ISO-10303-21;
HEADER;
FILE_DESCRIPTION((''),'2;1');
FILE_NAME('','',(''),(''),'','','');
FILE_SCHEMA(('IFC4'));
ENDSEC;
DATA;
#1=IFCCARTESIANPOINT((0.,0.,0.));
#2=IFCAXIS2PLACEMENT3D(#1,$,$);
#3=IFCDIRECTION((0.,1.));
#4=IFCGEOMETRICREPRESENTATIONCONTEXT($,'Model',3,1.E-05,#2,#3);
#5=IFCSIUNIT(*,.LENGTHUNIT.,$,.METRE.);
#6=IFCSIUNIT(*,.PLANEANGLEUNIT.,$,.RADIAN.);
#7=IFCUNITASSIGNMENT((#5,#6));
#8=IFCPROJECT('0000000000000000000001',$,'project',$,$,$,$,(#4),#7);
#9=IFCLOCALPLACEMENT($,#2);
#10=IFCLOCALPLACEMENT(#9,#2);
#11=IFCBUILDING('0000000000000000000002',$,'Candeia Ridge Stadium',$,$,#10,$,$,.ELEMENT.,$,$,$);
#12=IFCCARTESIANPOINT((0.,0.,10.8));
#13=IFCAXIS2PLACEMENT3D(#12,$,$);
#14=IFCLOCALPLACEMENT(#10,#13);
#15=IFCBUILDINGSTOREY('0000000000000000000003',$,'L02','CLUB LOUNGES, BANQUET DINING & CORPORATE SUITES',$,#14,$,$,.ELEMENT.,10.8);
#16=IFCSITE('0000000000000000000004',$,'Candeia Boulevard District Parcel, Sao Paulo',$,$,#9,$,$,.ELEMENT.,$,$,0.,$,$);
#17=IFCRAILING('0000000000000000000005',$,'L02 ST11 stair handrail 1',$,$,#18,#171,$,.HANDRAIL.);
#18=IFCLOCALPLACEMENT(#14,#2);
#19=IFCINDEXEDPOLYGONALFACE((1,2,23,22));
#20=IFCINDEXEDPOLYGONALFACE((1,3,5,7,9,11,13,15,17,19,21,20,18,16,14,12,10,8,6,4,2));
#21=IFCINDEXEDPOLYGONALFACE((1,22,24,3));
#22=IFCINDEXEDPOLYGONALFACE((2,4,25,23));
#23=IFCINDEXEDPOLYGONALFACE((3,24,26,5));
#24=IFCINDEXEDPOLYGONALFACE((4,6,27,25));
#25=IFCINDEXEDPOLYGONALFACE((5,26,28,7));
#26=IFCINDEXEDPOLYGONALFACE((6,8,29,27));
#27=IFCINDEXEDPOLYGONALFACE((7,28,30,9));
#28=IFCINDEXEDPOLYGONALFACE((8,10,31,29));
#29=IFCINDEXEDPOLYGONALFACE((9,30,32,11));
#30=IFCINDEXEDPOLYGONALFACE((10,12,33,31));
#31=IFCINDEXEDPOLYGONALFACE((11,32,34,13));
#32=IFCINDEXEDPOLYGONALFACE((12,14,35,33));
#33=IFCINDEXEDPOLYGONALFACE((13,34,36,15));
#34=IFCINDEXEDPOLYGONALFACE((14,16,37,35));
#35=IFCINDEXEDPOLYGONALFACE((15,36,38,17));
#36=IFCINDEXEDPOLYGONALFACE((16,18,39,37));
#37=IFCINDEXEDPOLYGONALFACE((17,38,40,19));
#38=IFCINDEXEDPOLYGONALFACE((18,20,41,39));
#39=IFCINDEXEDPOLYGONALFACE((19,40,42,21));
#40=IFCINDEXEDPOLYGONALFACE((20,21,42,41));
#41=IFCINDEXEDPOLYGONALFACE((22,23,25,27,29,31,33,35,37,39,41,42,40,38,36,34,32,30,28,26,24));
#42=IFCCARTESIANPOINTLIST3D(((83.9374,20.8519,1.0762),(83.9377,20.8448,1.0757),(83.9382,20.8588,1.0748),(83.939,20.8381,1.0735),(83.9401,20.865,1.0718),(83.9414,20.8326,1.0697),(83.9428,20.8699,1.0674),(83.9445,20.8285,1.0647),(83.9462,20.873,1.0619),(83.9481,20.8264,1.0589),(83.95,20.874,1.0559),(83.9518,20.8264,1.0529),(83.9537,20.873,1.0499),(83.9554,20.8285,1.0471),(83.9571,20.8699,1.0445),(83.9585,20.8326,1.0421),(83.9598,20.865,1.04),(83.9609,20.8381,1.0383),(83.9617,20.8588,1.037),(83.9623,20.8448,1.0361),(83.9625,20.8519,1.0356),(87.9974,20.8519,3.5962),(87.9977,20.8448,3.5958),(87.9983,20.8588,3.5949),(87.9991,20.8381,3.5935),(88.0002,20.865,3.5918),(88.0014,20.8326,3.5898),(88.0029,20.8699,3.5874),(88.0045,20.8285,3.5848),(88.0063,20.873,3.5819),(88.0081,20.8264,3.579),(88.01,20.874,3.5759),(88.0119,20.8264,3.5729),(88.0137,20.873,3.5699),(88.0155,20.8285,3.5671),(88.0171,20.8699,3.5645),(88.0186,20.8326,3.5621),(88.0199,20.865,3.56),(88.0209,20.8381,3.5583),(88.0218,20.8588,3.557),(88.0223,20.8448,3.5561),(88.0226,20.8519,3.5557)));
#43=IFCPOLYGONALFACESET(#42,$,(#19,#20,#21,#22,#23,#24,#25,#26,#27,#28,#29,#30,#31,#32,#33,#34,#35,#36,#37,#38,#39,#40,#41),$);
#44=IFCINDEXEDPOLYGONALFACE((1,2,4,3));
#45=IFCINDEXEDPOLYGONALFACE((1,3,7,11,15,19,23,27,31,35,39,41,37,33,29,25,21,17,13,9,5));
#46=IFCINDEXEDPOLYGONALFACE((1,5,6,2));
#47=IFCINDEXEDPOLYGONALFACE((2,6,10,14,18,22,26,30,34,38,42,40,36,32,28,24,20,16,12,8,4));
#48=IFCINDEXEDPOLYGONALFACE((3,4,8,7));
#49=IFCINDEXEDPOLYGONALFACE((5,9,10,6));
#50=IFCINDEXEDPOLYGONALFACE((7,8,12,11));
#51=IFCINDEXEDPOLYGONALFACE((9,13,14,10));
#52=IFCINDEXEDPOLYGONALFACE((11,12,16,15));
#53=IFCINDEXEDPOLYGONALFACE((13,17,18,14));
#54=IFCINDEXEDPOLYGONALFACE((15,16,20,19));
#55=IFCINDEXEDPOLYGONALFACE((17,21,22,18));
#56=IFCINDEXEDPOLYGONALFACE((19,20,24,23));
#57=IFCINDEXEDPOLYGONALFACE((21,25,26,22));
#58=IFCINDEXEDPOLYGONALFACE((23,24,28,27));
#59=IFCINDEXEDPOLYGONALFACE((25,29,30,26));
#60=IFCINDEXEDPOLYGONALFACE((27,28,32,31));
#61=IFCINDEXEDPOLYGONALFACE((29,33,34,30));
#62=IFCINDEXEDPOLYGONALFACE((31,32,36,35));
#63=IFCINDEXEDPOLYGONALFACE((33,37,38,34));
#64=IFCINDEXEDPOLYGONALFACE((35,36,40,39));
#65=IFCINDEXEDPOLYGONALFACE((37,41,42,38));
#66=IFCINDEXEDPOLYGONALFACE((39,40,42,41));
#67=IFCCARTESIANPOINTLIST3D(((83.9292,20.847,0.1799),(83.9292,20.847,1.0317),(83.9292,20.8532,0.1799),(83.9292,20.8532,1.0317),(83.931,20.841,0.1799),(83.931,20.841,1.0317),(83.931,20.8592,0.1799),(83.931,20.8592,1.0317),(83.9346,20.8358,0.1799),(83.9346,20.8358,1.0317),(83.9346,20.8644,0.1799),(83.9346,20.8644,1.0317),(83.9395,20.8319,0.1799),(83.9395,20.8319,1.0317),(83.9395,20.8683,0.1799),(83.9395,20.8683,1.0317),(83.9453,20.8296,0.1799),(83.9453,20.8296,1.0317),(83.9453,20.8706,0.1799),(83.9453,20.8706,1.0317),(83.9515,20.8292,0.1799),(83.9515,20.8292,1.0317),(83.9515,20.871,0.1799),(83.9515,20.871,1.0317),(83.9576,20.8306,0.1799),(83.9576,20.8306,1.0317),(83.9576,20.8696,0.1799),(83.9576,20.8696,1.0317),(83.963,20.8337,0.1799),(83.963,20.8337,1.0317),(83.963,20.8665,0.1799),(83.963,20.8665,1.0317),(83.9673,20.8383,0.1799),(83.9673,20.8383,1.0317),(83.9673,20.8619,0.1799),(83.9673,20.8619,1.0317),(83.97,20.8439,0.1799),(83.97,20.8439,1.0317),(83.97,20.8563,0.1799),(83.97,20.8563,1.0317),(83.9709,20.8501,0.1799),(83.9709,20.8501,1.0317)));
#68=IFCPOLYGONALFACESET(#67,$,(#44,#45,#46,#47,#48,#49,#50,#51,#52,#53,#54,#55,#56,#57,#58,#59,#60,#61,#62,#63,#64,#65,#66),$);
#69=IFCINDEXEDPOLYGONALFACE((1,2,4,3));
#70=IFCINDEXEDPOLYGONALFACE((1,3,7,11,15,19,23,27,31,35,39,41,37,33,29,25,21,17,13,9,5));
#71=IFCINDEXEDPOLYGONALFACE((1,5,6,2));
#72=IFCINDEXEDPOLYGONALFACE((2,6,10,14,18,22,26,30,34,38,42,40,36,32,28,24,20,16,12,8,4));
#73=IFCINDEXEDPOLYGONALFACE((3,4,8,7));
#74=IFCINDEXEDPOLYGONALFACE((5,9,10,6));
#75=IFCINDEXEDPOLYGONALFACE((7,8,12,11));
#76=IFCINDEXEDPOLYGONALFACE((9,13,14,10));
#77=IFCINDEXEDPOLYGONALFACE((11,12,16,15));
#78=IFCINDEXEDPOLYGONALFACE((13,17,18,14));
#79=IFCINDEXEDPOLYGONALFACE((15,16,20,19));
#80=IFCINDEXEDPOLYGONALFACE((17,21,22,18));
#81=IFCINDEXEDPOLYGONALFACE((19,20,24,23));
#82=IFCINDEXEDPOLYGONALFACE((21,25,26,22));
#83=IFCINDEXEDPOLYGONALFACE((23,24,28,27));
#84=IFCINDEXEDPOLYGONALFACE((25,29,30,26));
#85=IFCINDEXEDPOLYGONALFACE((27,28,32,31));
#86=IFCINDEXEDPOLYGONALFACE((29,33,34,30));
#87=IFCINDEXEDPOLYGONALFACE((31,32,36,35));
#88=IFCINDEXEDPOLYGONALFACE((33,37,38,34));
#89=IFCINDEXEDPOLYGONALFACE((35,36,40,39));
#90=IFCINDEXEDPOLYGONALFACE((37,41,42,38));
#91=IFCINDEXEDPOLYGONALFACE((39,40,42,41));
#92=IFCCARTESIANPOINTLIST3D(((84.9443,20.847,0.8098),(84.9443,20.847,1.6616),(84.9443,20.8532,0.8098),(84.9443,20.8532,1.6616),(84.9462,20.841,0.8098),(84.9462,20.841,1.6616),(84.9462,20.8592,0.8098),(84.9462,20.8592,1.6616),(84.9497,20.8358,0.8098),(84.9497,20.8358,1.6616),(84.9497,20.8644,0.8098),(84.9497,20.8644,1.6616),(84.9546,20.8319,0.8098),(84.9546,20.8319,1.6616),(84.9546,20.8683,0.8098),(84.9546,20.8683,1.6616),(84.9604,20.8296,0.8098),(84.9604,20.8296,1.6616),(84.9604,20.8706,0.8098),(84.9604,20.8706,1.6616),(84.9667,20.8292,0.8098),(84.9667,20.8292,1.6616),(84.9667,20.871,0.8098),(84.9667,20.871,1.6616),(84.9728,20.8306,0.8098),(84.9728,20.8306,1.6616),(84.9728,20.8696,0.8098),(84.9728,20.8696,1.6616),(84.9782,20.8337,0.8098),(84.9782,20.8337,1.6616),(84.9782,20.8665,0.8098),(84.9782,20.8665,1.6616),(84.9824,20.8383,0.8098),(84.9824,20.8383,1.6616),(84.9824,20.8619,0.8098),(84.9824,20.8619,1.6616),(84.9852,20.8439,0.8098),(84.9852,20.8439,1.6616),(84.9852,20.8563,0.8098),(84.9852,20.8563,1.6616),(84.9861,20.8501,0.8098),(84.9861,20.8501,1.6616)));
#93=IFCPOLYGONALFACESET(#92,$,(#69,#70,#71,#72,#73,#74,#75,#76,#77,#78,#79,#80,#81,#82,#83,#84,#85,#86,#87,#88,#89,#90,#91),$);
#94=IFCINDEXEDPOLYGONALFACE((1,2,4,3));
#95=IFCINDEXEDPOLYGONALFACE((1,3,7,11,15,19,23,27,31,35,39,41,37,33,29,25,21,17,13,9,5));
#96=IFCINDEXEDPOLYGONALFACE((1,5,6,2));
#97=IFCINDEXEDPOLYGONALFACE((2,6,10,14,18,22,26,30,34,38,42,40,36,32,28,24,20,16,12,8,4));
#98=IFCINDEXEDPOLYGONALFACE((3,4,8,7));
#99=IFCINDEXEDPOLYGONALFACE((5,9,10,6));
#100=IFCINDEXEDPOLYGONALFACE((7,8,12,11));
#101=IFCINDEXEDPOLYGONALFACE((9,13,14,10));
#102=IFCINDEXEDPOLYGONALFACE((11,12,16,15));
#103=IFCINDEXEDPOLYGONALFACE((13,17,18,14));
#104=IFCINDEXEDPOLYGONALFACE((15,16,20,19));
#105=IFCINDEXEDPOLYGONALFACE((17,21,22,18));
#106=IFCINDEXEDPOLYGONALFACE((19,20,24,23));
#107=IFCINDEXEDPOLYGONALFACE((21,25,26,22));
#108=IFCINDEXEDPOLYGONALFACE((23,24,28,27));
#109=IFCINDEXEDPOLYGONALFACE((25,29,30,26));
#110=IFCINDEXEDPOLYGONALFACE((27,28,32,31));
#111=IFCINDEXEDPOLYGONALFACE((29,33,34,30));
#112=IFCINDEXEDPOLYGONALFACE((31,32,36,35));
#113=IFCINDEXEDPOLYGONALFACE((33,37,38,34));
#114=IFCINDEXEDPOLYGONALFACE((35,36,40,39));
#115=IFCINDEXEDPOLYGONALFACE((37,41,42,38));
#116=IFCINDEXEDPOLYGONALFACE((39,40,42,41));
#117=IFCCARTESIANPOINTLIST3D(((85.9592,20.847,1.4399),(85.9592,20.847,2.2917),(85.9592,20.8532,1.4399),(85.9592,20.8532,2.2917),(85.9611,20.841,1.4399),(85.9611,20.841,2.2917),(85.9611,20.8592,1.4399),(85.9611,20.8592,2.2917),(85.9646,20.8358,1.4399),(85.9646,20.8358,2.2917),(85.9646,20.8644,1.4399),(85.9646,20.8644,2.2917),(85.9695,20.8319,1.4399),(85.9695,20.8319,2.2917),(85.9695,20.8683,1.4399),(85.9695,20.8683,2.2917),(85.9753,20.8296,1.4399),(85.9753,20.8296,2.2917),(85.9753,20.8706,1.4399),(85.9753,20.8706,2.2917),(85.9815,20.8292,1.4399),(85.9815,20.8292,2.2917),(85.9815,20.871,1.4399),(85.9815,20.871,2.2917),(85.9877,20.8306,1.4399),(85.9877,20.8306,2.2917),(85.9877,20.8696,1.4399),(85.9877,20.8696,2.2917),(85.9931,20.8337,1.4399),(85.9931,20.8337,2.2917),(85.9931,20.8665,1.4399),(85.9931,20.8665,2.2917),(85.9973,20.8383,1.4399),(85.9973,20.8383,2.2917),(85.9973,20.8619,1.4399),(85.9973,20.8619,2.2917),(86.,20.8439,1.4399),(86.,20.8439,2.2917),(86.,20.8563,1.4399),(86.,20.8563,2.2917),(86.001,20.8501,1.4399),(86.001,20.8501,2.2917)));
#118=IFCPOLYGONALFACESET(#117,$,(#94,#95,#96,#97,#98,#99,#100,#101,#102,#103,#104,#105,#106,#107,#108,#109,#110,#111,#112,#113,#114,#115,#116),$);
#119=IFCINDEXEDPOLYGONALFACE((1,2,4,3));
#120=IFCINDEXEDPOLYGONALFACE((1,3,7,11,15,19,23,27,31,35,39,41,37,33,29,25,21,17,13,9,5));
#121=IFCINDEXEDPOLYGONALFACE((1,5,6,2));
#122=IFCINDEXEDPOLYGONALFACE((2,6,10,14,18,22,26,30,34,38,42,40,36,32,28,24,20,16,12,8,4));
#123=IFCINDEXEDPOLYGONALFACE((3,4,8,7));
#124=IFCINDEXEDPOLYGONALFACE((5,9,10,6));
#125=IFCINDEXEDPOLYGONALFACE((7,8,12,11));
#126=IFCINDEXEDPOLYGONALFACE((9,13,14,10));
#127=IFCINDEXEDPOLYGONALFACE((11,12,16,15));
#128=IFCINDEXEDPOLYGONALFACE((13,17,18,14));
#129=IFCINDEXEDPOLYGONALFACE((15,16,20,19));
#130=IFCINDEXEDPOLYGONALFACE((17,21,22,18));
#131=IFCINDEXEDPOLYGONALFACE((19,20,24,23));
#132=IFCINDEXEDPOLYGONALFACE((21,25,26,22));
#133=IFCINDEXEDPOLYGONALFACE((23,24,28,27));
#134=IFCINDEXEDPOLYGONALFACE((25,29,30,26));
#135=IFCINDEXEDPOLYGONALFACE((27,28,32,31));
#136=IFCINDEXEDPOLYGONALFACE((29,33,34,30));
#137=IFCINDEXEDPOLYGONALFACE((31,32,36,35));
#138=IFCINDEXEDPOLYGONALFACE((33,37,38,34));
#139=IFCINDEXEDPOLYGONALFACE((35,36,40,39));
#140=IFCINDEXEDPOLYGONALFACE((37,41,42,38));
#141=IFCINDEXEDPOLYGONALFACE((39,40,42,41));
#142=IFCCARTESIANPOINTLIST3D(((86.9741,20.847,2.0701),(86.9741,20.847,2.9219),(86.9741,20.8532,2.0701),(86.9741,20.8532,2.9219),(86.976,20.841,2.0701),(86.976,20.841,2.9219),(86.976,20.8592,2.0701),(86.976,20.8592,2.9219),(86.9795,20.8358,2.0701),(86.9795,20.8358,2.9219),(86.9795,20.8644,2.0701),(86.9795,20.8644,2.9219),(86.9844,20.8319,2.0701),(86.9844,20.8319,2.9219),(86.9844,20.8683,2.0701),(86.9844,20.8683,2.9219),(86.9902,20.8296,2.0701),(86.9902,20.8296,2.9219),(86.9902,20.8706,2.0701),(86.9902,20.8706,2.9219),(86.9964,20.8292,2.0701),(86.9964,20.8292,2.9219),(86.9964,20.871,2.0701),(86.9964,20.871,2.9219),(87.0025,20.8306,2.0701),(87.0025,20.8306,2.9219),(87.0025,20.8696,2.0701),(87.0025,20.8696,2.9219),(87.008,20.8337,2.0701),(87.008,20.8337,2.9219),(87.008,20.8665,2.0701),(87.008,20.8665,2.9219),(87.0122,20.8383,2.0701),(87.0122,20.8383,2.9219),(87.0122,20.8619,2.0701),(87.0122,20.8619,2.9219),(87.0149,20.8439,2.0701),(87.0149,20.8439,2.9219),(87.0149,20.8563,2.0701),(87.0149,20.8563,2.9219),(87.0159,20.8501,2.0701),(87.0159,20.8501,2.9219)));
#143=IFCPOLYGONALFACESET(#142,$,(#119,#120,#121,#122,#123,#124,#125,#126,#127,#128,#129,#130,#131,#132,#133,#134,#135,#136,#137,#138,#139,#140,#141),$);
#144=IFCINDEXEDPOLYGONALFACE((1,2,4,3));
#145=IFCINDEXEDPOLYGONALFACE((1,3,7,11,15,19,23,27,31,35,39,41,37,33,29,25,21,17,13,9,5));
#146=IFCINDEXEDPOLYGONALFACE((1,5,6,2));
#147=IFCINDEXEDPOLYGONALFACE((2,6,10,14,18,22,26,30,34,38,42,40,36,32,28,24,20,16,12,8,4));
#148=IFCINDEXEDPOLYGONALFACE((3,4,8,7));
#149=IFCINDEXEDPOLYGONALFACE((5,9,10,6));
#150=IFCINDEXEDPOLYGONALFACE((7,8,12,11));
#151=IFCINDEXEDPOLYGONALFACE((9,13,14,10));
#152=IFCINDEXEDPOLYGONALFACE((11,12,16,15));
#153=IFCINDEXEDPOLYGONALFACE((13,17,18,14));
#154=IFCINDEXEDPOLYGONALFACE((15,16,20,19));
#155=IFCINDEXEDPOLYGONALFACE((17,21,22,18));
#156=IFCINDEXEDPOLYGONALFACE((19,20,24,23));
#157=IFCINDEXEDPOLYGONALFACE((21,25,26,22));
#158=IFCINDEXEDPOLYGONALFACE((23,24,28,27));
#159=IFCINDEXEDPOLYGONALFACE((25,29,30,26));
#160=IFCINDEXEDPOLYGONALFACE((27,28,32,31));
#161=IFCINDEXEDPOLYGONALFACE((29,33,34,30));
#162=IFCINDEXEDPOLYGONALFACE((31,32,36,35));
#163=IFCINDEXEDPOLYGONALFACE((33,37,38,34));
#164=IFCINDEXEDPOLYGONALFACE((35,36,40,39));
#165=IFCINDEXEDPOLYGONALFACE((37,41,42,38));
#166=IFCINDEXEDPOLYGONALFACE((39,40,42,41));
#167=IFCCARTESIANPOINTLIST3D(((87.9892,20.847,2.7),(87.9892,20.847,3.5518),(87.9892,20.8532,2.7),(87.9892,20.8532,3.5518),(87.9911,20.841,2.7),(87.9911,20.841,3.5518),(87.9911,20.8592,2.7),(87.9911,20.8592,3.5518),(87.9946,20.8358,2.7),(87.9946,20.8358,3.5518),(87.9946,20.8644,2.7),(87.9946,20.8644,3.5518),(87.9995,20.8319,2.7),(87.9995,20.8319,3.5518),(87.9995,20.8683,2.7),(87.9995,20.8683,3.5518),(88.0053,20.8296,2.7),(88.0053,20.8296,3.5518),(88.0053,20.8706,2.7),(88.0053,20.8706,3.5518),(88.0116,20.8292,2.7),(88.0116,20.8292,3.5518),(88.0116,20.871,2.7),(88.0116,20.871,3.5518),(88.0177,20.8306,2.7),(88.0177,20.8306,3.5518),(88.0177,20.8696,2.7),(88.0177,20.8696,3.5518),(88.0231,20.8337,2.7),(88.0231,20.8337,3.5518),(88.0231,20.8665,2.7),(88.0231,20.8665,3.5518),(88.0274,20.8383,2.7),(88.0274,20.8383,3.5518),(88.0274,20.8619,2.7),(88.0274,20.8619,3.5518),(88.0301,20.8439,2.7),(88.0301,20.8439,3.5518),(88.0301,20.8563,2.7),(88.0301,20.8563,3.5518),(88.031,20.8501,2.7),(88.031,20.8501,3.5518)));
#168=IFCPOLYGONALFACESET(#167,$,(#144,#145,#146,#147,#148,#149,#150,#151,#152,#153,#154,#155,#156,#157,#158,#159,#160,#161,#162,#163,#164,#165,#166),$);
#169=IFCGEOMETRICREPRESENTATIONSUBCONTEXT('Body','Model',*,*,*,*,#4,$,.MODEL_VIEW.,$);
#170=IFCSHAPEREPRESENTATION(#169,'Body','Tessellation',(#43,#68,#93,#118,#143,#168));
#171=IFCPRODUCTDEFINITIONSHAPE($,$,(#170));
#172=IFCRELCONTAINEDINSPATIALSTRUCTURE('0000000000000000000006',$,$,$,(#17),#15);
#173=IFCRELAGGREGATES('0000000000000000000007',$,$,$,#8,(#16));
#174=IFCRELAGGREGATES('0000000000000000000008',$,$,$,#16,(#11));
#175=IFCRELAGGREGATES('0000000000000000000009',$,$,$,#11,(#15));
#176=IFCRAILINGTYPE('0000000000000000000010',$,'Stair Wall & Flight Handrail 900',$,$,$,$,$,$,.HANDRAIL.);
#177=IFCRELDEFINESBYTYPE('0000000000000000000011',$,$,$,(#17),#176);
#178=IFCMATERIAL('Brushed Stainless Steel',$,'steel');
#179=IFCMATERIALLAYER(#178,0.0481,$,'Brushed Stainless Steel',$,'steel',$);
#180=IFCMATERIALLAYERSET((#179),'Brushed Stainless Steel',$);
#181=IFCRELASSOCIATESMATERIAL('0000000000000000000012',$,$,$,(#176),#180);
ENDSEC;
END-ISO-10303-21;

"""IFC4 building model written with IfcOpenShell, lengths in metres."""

from ifc_helpers import new_model, si_unit, direction, frame, origin, origin_2d, place, context, subcontext, project, spatial, circle, extrude, material, layer, layer_set, type_object, element, save


model = new_model("IFC4")

# Units and contexts
model_context = context("Model", 3, precision=1e-05, world=origin(), true_north=direction((0.0, 1.0)))
body_context = subcontext(model_context, "Body", "Model", "MODEL_VIEW")
ifc_project = project(units=[si_unit("LENGTHUNIT", "METRE"), si_unit("PLANEANGLEUNIT", "RADIAN")], contexts=[model_context])

# Site, building, storey
site_placement = place(None, origin())
site = spatial("IfcSite", under=ifc_project, at=site_placement, Name="Candeia Boulevard District Parcel, Sao Paulo", CompositionType="ELEMENT", RefElevation=0.0)
building_placement = place(site_placement, origin())
building = spatial("IfcBuilding", under=site, at=building_placement, Name="Candeia Ridge Stadium", CompositionType="ELEMENT")
storey_placement = place(building_placement, frame((0.0, 0.0, 10.8)))
storey = spatial("IfcBuildingStorey", under=building, at=storey_placement, Name="L02", Description="CLUB LOUNGES, BANQUET DINING & CORPORATE SUITES", CompositionType="ELEMENT", Elevation=10.8)

# Railing
ifc_material_1 = material(Name="Brushed Stainless Steel", Category="steel")
ifc_layer_1 = layer(ifc_material_1, 0.0481, Name="Brushed Stainless Steel", Category="steel")
ifc_layer_set_1 = layer_set([ifc_layer_1], Name="Brushed Stainless Steel")
railing_type = type_object("IfcRailingType", Name="Stair Wall & Flight Handrail 900", PredefinedType="HANDRAIL", material=ifc_layer_set_1)
railing_placement = place(storey_placement, frame((83.95, 20.8501, 0.1799)))
element("IfcRailing", 1, at=railing_placement, inside=storey, type_object=railing_type, Name="L02 ST11 stair handrail 1", PredefinedType="HANDRAIL", context=body_context, shape_type="SweptSolid", body=[
    extrude(circle(Radius=0.0239, at=origin_2d()), frame((0.0, 0.0, 0.876), z_axis=(0.849642, 0.0, 0.52736), x_axis=(0.0, 1.0, 0.0)), (0.0, 0.0, 1.0), 4.7786),
    extrude(circle(Radius=0.021, at=origin_2d()), origin(), (0.0, 0.0, 1.0), 0.8518),
    extrude(circle(Radius=0.021, at=origin_2d()), frame((1.0151, 0.0, 0.6299)), (0.0, 0.0, 1.0), 0.8518),
    extrude(circle(Radius=0.021, at=origin_2d()), frame((2.03, 0.0, 1.26)), (0.0, 0.0, 1.0), 0.8518),
    extrude(circle(Radius=0.021, at=origin_2d()), frame((3.0449, 0.0, 1.8901)), (0.0, 0.0, 1.0), 0.8518),
    extrude(circle(Radius=0.021, at=origin_2d()), frame((4.0601, 0.0, 2.52)), (0.0, 0.0, 1.0), 0.8518),
])

save(model, "model.ifc")
